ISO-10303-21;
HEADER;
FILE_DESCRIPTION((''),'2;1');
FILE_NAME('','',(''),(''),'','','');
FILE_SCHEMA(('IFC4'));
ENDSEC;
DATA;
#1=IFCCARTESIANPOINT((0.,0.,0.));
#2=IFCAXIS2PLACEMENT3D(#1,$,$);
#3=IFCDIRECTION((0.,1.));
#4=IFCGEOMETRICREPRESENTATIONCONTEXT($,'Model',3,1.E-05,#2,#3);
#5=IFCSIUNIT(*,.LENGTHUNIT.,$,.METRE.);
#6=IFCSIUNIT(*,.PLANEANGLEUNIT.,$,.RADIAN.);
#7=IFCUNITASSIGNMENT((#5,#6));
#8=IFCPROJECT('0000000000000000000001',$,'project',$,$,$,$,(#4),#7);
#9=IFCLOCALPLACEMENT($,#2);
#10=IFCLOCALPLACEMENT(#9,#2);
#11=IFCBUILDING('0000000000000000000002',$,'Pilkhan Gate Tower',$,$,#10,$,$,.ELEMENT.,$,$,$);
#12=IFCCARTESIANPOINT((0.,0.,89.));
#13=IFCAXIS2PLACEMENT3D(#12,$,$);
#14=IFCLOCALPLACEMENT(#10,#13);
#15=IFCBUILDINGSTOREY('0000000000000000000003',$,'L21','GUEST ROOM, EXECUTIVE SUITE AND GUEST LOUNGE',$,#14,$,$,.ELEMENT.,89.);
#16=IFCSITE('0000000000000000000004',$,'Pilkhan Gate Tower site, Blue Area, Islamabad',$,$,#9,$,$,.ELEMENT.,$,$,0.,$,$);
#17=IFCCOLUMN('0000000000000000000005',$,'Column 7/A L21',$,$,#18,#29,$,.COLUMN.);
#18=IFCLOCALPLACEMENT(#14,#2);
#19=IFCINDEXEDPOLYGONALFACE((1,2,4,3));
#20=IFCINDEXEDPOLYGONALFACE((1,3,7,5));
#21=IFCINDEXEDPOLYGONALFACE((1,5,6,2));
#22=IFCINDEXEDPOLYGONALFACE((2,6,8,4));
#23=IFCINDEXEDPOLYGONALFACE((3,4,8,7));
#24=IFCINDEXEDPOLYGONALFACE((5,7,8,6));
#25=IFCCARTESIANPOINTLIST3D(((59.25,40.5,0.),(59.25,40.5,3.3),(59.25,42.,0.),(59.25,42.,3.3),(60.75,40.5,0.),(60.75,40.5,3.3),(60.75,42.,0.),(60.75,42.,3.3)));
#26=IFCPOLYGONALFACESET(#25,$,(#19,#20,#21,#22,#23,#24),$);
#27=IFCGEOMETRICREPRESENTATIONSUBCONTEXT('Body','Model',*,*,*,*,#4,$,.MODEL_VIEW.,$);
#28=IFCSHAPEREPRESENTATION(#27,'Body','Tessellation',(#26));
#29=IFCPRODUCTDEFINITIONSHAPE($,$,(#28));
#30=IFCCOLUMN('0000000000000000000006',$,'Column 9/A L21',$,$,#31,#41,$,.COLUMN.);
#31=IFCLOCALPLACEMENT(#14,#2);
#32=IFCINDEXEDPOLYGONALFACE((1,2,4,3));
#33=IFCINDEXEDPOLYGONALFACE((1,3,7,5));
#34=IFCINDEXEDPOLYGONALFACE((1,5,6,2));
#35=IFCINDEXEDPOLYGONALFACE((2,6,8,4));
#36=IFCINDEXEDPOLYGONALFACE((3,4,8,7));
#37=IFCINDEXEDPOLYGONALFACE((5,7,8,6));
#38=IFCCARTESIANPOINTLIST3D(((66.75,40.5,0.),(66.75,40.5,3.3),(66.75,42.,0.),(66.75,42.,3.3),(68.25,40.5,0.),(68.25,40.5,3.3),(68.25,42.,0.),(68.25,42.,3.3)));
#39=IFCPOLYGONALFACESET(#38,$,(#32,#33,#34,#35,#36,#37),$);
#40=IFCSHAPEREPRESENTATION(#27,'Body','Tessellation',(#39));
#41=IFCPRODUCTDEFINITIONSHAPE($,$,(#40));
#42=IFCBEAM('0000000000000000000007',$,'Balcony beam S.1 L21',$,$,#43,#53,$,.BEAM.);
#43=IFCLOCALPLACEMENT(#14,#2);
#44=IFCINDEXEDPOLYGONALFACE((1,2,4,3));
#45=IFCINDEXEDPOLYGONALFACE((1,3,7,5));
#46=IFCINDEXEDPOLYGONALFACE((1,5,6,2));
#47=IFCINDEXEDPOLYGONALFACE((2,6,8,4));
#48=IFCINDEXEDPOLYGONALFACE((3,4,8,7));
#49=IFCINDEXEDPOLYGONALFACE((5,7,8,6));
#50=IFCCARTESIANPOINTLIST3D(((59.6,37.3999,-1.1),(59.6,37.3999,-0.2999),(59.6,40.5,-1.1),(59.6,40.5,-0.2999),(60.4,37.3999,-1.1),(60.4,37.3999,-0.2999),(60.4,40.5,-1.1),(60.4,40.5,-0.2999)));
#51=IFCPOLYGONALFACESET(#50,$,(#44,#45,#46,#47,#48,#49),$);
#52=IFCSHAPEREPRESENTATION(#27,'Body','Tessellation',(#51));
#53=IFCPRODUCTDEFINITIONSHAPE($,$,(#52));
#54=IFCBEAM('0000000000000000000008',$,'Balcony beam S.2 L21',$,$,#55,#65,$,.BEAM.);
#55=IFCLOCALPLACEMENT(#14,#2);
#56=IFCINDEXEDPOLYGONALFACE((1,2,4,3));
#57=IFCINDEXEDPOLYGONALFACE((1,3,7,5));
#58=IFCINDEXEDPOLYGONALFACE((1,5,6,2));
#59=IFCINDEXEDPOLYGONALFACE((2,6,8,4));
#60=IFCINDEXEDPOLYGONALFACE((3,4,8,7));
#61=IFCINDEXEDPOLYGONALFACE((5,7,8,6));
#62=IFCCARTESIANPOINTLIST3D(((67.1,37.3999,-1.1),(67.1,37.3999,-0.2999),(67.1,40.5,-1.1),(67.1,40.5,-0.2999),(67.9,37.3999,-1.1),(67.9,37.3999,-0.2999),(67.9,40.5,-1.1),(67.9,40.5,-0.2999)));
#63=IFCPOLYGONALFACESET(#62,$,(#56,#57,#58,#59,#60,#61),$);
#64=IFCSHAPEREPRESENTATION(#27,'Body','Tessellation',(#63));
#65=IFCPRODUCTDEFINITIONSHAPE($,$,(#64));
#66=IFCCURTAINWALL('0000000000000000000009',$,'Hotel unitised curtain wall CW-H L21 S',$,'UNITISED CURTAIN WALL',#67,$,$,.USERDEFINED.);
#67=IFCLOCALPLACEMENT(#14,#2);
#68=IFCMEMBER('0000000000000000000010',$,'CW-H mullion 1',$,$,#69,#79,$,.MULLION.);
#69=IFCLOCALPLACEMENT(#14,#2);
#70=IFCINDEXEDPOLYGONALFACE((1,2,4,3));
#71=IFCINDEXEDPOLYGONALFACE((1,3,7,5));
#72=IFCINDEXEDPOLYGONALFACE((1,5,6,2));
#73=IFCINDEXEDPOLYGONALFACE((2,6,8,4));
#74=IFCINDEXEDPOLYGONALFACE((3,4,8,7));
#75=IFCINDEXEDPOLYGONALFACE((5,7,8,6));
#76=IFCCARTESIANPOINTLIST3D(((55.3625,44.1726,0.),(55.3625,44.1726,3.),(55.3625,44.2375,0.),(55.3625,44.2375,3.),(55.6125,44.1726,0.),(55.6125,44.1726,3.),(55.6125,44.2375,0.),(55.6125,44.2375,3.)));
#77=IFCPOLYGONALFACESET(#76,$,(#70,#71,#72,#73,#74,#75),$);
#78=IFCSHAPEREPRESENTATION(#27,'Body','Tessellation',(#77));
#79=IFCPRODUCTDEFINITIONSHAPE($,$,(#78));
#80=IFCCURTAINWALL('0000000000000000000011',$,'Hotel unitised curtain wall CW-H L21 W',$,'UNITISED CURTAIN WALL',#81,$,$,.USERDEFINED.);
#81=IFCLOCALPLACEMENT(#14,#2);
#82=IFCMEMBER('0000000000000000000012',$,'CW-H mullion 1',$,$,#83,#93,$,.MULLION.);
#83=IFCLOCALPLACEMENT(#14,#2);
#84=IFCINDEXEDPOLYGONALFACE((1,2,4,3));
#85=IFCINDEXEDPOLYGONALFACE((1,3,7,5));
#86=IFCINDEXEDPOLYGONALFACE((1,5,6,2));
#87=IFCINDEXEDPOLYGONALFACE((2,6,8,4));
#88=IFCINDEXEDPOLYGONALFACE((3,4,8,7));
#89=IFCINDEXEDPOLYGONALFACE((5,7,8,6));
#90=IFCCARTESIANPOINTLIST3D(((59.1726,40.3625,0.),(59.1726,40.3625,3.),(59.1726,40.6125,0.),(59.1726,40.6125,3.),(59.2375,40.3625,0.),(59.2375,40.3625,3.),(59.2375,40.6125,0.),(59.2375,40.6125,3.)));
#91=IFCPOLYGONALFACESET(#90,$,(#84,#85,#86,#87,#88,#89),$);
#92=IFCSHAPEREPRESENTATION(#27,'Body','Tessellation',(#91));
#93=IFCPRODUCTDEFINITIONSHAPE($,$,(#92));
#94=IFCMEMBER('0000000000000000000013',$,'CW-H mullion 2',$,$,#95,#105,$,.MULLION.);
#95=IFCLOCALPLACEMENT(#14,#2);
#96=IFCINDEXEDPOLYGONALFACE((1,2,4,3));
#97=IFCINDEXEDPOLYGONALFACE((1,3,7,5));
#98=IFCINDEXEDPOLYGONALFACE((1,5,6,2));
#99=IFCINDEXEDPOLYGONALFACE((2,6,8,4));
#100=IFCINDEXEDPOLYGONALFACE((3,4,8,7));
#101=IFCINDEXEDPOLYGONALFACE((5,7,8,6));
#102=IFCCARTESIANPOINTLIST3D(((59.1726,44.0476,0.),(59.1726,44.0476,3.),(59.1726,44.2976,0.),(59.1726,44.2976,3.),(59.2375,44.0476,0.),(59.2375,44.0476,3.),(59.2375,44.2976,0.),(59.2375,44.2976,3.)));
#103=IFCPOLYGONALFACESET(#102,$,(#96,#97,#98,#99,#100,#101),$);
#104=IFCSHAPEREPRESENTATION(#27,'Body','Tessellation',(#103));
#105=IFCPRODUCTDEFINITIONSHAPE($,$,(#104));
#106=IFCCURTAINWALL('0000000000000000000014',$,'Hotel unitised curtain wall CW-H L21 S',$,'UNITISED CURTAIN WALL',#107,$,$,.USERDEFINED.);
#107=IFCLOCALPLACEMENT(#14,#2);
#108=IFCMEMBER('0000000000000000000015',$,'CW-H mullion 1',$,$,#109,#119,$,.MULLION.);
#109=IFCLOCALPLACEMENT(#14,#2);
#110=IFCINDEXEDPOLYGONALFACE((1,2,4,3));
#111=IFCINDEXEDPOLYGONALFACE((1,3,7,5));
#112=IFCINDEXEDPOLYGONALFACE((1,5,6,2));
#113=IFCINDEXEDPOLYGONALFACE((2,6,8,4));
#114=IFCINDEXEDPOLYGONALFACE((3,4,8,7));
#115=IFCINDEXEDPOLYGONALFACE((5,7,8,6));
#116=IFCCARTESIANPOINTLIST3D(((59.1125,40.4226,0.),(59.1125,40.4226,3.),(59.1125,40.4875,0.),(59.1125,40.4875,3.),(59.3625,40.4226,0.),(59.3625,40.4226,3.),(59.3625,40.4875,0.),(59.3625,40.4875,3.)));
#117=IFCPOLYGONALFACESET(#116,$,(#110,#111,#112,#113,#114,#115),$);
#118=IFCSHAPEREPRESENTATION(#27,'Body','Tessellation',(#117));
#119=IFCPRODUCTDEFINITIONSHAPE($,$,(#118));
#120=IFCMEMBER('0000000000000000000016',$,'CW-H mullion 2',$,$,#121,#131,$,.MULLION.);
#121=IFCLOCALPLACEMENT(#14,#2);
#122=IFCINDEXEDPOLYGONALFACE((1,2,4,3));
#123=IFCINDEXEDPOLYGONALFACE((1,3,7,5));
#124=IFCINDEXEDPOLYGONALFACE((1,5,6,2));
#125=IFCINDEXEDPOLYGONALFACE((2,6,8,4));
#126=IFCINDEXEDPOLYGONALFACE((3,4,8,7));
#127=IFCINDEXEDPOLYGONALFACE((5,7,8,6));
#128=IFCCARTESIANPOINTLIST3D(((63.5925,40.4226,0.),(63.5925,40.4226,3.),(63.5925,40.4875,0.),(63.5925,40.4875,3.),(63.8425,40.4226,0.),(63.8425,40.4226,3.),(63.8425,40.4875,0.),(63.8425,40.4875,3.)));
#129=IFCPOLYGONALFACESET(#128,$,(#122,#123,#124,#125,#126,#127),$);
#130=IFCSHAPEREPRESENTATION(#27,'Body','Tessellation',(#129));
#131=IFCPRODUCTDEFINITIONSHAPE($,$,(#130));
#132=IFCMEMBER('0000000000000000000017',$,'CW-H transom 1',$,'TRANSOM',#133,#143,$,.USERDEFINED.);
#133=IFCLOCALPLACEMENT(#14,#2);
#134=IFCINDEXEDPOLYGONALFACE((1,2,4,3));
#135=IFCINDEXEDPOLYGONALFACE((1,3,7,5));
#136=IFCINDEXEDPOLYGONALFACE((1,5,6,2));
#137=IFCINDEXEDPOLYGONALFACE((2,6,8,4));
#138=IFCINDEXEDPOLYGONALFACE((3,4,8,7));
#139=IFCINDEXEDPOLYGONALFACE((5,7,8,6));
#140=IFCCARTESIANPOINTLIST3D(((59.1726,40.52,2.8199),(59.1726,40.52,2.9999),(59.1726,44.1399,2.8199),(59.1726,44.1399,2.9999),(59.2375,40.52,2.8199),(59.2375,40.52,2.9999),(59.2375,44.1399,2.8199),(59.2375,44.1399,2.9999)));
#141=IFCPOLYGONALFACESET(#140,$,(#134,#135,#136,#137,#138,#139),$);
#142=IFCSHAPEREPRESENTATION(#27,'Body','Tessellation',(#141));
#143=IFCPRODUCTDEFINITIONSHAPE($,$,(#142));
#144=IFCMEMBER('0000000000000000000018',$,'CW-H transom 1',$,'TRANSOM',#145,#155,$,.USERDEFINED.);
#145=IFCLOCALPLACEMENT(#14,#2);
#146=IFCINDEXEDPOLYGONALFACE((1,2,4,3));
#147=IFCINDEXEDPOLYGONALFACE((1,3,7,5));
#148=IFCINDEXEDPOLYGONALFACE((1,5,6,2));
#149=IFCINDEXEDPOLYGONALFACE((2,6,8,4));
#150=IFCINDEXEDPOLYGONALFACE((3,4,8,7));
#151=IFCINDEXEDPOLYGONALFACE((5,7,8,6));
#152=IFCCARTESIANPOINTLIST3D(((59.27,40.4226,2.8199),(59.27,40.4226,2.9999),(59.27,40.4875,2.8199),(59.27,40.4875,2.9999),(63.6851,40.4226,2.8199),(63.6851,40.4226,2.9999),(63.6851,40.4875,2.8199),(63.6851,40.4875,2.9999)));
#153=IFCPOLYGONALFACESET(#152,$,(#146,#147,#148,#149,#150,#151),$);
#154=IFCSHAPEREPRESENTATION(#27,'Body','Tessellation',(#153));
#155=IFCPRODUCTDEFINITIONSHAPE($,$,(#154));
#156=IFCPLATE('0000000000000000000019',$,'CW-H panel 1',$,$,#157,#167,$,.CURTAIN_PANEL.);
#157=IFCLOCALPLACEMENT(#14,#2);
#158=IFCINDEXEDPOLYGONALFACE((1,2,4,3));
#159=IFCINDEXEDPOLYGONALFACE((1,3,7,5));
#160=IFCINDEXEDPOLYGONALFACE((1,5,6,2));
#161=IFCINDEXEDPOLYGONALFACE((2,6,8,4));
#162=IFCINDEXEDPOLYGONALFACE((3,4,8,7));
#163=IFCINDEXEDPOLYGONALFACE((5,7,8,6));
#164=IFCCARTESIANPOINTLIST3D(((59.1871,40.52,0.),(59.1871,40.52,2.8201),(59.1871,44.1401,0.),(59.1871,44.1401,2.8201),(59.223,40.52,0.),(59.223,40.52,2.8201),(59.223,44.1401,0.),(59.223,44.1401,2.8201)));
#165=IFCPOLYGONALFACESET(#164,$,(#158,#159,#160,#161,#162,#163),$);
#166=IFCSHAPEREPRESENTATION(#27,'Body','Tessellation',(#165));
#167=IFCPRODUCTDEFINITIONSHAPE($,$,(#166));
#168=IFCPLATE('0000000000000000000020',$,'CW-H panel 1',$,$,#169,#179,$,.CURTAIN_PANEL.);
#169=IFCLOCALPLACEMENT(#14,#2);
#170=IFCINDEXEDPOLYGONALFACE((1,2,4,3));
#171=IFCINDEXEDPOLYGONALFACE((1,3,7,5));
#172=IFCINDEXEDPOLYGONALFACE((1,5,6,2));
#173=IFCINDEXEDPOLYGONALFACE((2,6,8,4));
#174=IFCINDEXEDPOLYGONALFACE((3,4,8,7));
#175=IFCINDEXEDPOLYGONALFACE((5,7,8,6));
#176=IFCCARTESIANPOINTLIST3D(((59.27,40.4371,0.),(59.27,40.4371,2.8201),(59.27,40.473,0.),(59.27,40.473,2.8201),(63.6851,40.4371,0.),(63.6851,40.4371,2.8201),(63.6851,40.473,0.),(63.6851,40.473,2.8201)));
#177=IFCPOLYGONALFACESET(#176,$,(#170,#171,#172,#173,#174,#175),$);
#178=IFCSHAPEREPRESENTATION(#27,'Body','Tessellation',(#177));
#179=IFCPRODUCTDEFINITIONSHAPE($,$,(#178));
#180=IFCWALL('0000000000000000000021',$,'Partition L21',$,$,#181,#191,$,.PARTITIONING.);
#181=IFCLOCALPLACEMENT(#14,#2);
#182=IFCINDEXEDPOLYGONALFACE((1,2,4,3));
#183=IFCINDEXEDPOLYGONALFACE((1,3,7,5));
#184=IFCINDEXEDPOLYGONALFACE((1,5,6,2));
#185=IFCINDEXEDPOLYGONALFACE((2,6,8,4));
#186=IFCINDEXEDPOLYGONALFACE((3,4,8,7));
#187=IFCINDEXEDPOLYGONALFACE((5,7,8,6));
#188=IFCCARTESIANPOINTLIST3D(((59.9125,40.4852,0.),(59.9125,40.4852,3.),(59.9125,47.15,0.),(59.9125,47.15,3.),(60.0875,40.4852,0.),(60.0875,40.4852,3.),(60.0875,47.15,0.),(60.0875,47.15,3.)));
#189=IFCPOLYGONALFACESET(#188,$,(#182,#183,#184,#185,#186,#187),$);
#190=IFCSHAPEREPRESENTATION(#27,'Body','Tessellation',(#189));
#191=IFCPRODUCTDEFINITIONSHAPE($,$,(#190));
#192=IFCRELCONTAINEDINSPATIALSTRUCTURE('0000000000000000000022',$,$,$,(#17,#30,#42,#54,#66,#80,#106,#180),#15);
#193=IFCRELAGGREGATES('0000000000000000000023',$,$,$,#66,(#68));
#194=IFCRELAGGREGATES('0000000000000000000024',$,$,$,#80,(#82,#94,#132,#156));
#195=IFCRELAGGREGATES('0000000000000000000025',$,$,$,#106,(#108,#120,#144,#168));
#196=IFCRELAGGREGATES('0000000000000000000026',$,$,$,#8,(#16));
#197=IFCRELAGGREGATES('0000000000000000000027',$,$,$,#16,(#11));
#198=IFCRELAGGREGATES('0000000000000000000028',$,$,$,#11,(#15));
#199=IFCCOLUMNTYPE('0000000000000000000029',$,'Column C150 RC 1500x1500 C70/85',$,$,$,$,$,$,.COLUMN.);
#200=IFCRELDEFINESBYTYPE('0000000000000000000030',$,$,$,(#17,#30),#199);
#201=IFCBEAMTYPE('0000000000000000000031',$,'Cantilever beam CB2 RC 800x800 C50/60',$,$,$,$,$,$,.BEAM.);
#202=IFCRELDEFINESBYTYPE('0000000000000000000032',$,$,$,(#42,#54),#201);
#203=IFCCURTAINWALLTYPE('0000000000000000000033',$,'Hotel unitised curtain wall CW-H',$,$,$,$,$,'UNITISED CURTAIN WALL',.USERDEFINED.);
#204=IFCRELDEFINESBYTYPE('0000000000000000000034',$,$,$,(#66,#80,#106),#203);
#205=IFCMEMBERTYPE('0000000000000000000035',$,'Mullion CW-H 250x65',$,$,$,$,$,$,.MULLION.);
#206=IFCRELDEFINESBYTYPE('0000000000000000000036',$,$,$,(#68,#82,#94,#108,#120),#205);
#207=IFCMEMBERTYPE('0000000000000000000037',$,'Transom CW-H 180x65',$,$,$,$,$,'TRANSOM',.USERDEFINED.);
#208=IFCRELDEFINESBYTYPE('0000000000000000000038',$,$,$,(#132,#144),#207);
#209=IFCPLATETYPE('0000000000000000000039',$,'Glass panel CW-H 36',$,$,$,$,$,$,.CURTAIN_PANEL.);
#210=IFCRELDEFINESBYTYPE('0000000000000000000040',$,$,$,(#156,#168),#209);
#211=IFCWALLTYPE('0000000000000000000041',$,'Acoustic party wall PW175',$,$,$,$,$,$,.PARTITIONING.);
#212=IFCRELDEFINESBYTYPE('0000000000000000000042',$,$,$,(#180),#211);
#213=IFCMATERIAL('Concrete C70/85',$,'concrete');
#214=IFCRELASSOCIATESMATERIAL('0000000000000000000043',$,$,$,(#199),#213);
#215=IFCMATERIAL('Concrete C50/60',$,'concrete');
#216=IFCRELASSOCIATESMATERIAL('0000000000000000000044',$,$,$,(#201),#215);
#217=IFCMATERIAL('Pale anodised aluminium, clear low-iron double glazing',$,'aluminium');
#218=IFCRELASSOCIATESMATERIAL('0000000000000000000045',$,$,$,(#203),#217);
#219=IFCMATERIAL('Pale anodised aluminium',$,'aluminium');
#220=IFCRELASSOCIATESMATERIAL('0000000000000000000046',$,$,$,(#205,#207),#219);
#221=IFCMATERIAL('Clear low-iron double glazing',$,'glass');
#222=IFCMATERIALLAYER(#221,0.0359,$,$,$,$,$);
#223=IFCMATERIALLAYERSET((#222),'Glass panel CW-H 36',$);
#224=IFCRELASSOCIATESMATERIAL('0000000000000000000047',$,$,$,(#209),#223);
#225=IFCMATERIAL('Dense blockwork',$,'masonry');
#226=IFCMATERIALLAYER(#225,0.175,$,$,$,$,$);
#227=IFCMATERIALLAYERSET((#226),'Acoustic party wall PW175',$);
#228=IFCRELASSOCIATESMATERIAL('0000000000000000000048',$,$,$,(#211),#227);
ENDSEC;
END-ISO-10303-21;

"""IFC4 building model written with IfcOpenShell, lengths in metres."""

from ifc_helpers import new_model, si_unit, direction, frame, frame_2d, origin, origin_2d, place, context, subcontext, project, spatial, rectangle, extrude, material, layer, layer_set, material_profile, profile_set, type_object, element, aggregate, save


model = new_model("IFC4")

# Units and contexts
model_context = context("Model", 3, precision=1e-05, world=origin(), true_north=direction((0.0, 1.0)))
body_context = subcontext(model_context, "Body", "Model", "MODEL_VIEW")
ifc_project = project(units=[si_unit("LENGTHUNIT", "METRE"), si_unit("PLANEANGLEUNIT", "RADIAN")], contexts=[model_context])

# Site, building, storey
site_placement = place(None, origin())
site = spatial("IfcSite", under=ifc_project, at=site_placement, Name="Pilkhan Gate Tower site, Blue Area, Islamabad", CompositionType="ELEMENT", RefElevation=0.0)
building_placement = place(site_placement, origin())
building = spatial("IfcBuilding", under=site, at=building_placement, Name="Pilkhan Gate Tower", CompositionType="ELEMENT")
storey_placement = place(building_placement, frame((0.0, 0.0, 89.0)))
storey = spatial("IfcBuildingStorey", under=building, at=storey_placement, Name="L21", Description="GUEST ROOM, EXECUTIVE SUITE AND GUEST LOUNGE", CompositionType="ELEMENT", Elevation=89.0)

# Columns
ifc_material_1 = material(Name="Concrete C70/85", Category="concrete")
ifc_material_profile_1 = material_profile(ifc_material_1, rectangle(XDim=1.5, YDim=1.5, at=origin_2d()), Name="RC 1500x1500")
ifc_profile_set_1 = profile_set([ifc_material_profile_1], Name="Concrete C70/85")
column_type = type_object("IfcColumnType", Name="Column C150 RC 1500x1500 C70/85", PredefinedType="COLUMN", material=ifc_profile_set_1)
for number, where, z_axis, x_axis, name in (
    (1, (60.0, 41.25, 0.0), (0.0, 0.0, 1.0), (1.0, 0.0, 0.0), "Column 7/A L21"),
    (2, (67.5, 41.25, 0.0), (0.0, 0.0, 1.0), (1.0, 0.0, 0.0), "Column 9/A L21"),
):
    element("IfcColumn", number, at=place(storey_placement, frame(where, z_axis=z_axis, x_axis=x_axis)), inside=storey, type_object=column_type, Name=name, PredefinedType="COLUMN", context=body_context, shape_type="SweptSolid", body=[
        extrude(rectangle(XDim=1.5, YDim=1.5, at=origin_2d()), origin(), (0.0, 0.0, 1.0), 3.3),
    ])

# Beams
ifc_material_2 = material(Name="Concrete C50/60", Category="concrete")
ifc_material_profile_2 = material_profile(ifc_material_2, rectangle(XDim=0.8, YDim=0.8, at=origin_2d()), Name="RC 800x800")
ifc_profile_set_2 = profile_set([ifc_material_profile_2], Name="Concrete C50/60")
beam_type = type_object("IfcBeamType", Name="Cantilever beam CB2 RC 800x800 C50/60", PredefinedType="BEAM", material=ifc_profile_set_2)
for number, where, z_axis, x_axis, name in (
    (3, (60.0, 40.5, -0.7), (0.0, -1.0, 0.0), (1.0, 0.0, 0.0), "Balcony beam S.1 L21"),
    (4, (67.5, 40.5, -0.7), (0.0, -1.0, 0.0), (1.0, 0.0, 0.0), "Balcony beam S.2 L21"),
):
    element("IfcBeam", number, at=place(storey_placement, frame(where, z_axis=z_axis, x_axis=x_axis)), inside=storey, type_object=beam_type, Name=name, PredefinedType="BEAM", context=body_context, shape_type="SweptSolid", body=[
        extrude(rectangle(XDim=0.8, YDim=0.8, at=origin_2d()), origin(), (0.0, 0.0, 1.0), 3.1001),
    ])

# Curtain wall, member
ifc_material_3 = material(Name="Pale anodised aluminium, clear low-iron double glazing", Category="aluminium")
curtain_wall_type = type_object("IfcCurtainWallType", Name="Hotel unitised curtain wall CW-H", ElementType="UNITISED CURTAIN WALL", PredefinedType="USERDEFINED", material=ifc_material_3)
curtain_wall_1_placement = place(storey_placement, origin())
curtain_wall_1 = element("IfcCurtainWall", 5, at=curtain_wall_1_placement, inside=storey, type_object=curtain_wall_type, Name="Hotel unitised curtain wall CW-H L21 S", ObjectType="UNITISED CURTAIN WALL", PredefinedType="USERDEFINED")
ifc_material_4 = material(Name="Pale anodised aluminium", Category="aluminium")
ifc_material_profile_3 = material_profile(ifc_material_4, rectangle(XDim=0.0649, YDim=0.25, at=origin_2d()), Name="Mullion 250x65")
ifc_profile_set_3 = profile_set([ifc_material_profile_3], Name="Pale anodised aluminium")
member_type_1 = type_object("IfcMemberType", Name="Mullion CW-H 250x65", PredefinedType="MULLION", material=ifc_profile_set_3)
member_1_placement = place(storey_placement, frame((55.4875, 44.2051, 0.0), z_axis=(0.0, 0.0, 1.0), x_axis=(0.0, 1.0, 0.0)))
member_1 = element("IfcMember", 6, at=member_1_placement, type_object=member_type_1, Name="CW-H mullion 1", PredefinedType="MULLION", context=body_context, shape_type="SweptSolid", body=[
    extrude(rectangle(XDim=0.0649, YDim=0.25, at=origin_2d()), origin(), (0.0, 0.0, 1.0), 3.0),
])
aggregate(curtain_wall_1, [member_1])

# Curtain walls, members
curtain_wall_2_placement = place(storey_placement, origin())
curtain_wall_2 = element("IfcCurtainWall", 7, at=curtain_wall_2_placement, inside=storey, type_object=curtain_wall_type, Name="Hotel unitised curtain wall CW-H L21 W", ObjectType="UNITISED CURTAIN WALL", PredefinedType="USERDEFINED")
member_2_placement = place(storey_placement, frame((59.2051, 40.4875, 0.0), z_axis=(0.0, 0.0, 1.0), x_axis=(-1.0, 0.0, 0.0)))
member_2 = element("IfcMember", 8, at=member_2_placement, type_object=member_type_1, Name="CW-H mullion 1", PredefinedType="MULLION", context=body_context, shape_type="SweptSolid", body=[
    extrude(rectangle(XDim=0.0649, YDim=0.25, at=origin_2d()), origin(), (0.0, 0.0, 1.0), 3.0),
])
member_3_placement = place(storey_placement, frame((59.2051, 44.1726, 0.0), z_axis=(0.0, 0.0, 1.0), x_axis=(-1.0, 0.0, 0.0)))
member_3 = element("IfcMember", 9, at=member_3_placement, type_object=member_type_1, Name="CW-H mullion 2", PredefinedType="MULLION", context=body_context, shape_type="SweptSolid", body=[
    extrude(rectangle(XDim=0.0649, YDim=0.25, at=origin_2d()), origin(), (0.0, 0.0, 1.0), 3.0),
])
curtain_wall_3_placement = place(storey_placement, origin())
curtain_wall_3 = element("IfcCurtainWall", 10, at=curtain_wall_3_placement, inside=storey, type_object=curtain_wall_type, Name="Hotel unitised curtain wall CW-H L21 S", ObjectType="UNITISED CURTAIN WALL", PredefinedType="USERDEFINED")
member_4_placement = place(storey_placement, frame((59.2375, 40.4551, 0.0), z_axis=(0.0, 0.0, 1.0), x_axis=(0.0, 1.0, 0.0)))
member_4 = element("IfcMember", 11, at=member_4_placement, type_object=member_type_1, Name="CW-H mullion 1", PredefinedType="MULLION", context=body_context, shape_type="SweptSolid", body=[
    extrude(rectangle(XDim=0.0649, YDim=0.25, at=origin_2d()), origin(), (0.0, 0.0, 1.0), 3.0),
])
member_5_placement = place(storey_placement, frame((63.7175, 40.4551, 0.0), z_axis=(0.0, 0.0, 1.0), x_axis=(0.0, 1.0, 0.0)))
member_5 = element("IfcMember", 12, at=member_5_placement, type_object=member_type_1, Name="CW-H mullion 2", PredefinedType="MULLION", context=body_context, shape_type="SweptSolid", body=[
    extrude(rectangle(XDim=0.0649, YDim=0.25, at=origin_2d()), origin(), (0.0, 0.0, 1.0), 3.0),
])

# Members
ifc_material_profile_4 = material_profile(ifc_material_4, rectangle(XDim=0.0649, YDim=0.1799, at=origin_2d()), Name="Transom 180x65")
ifc_profile_set_4 = profile_set([ifc_material_profile_4], Name="Pale anodised aluminium")
member_type_2 = type_object("IfcMemberType", Name="Transom CW-H 180x65", ElementType="TRANSOM", PredefinedType="USERDEFINED", material=ifc_profile_set_4)
member_6_placement = place(storey_placement, frame((59.2051, 40.52, 2.9099), z_axis=(0.0, 1.0, 0.0), x_axis=(-1.0, 0.0, 0.0)))
member_6 = element("IfcMember", 13, at=member_6_placement, type_object=member_type_2, Name="CW-H transom 1", ObjectType="TRANSOM", PredefinedType="USERDEFINED", context=body_context, shape_type="SweptSolid", body=[
    extrude(rectangle(XDim=0.0649, YDim=0.1799, at=origin_2d()), origin(), (0.0, 0.0, 1.0), 3.6199),
])
member_7_placement = place(storey_placement, frame((59.27, 40.4551, 2.9099), z_axis=(1.0, 0.0, 0.0), x_axis=(0.0, 1.0, 0.0)))
member_7 = element("IfcMember", 14, at=member_7_placement, type_object=member_type_2, Name="CW-H transom 1", ObjectType="TRANSOM", PredefinedType="USERDEFINED", context=body_context, shape_type="SweptSolid", body=[
    extrude(rectangle(XDim=0.0649, YDim=0.1799, at=origin_2d()), origin(), (0.0, 0.0, 1.0), 4.415),
])

# Plates
ifc_material_5 = material(Name="Clear low-iron double glazing", Category="glass")
ifc_layer_1 = layer(ifc_material_5, 0.0359)
ifc_layer_set_1 = layer_set([ifc_layer_1], Name="Glass panel CW-H 36")
plate_type = type_object("IfcPlateType", Name="Glass panel CW-H 36", PredefinedType="CURTAIN_PANEL", material=ifc_layer_set_1)
plate_1_placement = place(storey_placement, frame((59.2051, 42.3301, 0.0), z_axis=(0.0, 0.0, 1.0), x_axis=(0.0, 1.0, 0.0)))
plate_1 = element("IfcPlate", 15, at=plate_1_placement, type_object=plate_type, Name="CW-H panel 1", PredefinedType="CURTAIN_PANEL", context=body_context, shape_type="SweptSolid", body=[
    extrude(rectangle(XDim=3.6201, YDim=0.0359, at=origin_2d()), origin(), (0.0, 0.0, 1.0), 2.8201),
])
aggregate(curtain_wall_2, [member_2, member_3, member_6, plate_1])
plate_2_placement = place(storey_placement, frame((61.4775, 40.4551, 0.0), z_axis=(0.0, 0.0, 1.0), x_axis=(1.0, 0.0, 0.0)))
plate_2 = element("IfcPlate", 16, at=plate_2_placement, type_object=plate_type, Name="CW-H panel 1", PredefinedType="CURTAIN_PANEL", context=body_context, shape_type="SweptSolid", body=[
    extrude(rectangle(XDim=4.415, YDim=0.0359, at=origin_2d()), origin(), (0.0, 0.0, 1.0), 2.8201),
])
aggregate(curtain_wall_3, [member_4, member_5, member_7, plate_2])

# Wall
ifc_material_6 = material(Name="Dense blockwork", Category="masonry")
ifc_layer_2 = layer(ifc_material_6, 0.175)
ifc_layer_set_2 = layer_set([ifc_layer_2], Name="Acoustic party wall PW175")
wall_type_1 = type_object("IfcWallType", Name="Acoustic party wall PW175", PredefinedType="PARTITIONING", material=ifc_layer_set_2)
wall_1_placement = place(storey_placement, frame((60.0, 40.4851, 0.0), z_axis=(0.0, 0.0, 1.0), x_axis=(0.0, 1.0, 0.0)))
element("IfcWall", 17, at=wall_1_placement, inside=storey, type_object=wall_type_1, Name="Partition L21", PredefinedType="PARTITIONING", context=body_context, shape_type="SweptSolid", body=[
    extrude(rectangle(XDim=6.6648, YDim=0.175, at=frame_2d((3.3325, 0.0))), origin(), (0.0, 0.0, 1.0), 3.0),
])

save(model, "model.ifc")
